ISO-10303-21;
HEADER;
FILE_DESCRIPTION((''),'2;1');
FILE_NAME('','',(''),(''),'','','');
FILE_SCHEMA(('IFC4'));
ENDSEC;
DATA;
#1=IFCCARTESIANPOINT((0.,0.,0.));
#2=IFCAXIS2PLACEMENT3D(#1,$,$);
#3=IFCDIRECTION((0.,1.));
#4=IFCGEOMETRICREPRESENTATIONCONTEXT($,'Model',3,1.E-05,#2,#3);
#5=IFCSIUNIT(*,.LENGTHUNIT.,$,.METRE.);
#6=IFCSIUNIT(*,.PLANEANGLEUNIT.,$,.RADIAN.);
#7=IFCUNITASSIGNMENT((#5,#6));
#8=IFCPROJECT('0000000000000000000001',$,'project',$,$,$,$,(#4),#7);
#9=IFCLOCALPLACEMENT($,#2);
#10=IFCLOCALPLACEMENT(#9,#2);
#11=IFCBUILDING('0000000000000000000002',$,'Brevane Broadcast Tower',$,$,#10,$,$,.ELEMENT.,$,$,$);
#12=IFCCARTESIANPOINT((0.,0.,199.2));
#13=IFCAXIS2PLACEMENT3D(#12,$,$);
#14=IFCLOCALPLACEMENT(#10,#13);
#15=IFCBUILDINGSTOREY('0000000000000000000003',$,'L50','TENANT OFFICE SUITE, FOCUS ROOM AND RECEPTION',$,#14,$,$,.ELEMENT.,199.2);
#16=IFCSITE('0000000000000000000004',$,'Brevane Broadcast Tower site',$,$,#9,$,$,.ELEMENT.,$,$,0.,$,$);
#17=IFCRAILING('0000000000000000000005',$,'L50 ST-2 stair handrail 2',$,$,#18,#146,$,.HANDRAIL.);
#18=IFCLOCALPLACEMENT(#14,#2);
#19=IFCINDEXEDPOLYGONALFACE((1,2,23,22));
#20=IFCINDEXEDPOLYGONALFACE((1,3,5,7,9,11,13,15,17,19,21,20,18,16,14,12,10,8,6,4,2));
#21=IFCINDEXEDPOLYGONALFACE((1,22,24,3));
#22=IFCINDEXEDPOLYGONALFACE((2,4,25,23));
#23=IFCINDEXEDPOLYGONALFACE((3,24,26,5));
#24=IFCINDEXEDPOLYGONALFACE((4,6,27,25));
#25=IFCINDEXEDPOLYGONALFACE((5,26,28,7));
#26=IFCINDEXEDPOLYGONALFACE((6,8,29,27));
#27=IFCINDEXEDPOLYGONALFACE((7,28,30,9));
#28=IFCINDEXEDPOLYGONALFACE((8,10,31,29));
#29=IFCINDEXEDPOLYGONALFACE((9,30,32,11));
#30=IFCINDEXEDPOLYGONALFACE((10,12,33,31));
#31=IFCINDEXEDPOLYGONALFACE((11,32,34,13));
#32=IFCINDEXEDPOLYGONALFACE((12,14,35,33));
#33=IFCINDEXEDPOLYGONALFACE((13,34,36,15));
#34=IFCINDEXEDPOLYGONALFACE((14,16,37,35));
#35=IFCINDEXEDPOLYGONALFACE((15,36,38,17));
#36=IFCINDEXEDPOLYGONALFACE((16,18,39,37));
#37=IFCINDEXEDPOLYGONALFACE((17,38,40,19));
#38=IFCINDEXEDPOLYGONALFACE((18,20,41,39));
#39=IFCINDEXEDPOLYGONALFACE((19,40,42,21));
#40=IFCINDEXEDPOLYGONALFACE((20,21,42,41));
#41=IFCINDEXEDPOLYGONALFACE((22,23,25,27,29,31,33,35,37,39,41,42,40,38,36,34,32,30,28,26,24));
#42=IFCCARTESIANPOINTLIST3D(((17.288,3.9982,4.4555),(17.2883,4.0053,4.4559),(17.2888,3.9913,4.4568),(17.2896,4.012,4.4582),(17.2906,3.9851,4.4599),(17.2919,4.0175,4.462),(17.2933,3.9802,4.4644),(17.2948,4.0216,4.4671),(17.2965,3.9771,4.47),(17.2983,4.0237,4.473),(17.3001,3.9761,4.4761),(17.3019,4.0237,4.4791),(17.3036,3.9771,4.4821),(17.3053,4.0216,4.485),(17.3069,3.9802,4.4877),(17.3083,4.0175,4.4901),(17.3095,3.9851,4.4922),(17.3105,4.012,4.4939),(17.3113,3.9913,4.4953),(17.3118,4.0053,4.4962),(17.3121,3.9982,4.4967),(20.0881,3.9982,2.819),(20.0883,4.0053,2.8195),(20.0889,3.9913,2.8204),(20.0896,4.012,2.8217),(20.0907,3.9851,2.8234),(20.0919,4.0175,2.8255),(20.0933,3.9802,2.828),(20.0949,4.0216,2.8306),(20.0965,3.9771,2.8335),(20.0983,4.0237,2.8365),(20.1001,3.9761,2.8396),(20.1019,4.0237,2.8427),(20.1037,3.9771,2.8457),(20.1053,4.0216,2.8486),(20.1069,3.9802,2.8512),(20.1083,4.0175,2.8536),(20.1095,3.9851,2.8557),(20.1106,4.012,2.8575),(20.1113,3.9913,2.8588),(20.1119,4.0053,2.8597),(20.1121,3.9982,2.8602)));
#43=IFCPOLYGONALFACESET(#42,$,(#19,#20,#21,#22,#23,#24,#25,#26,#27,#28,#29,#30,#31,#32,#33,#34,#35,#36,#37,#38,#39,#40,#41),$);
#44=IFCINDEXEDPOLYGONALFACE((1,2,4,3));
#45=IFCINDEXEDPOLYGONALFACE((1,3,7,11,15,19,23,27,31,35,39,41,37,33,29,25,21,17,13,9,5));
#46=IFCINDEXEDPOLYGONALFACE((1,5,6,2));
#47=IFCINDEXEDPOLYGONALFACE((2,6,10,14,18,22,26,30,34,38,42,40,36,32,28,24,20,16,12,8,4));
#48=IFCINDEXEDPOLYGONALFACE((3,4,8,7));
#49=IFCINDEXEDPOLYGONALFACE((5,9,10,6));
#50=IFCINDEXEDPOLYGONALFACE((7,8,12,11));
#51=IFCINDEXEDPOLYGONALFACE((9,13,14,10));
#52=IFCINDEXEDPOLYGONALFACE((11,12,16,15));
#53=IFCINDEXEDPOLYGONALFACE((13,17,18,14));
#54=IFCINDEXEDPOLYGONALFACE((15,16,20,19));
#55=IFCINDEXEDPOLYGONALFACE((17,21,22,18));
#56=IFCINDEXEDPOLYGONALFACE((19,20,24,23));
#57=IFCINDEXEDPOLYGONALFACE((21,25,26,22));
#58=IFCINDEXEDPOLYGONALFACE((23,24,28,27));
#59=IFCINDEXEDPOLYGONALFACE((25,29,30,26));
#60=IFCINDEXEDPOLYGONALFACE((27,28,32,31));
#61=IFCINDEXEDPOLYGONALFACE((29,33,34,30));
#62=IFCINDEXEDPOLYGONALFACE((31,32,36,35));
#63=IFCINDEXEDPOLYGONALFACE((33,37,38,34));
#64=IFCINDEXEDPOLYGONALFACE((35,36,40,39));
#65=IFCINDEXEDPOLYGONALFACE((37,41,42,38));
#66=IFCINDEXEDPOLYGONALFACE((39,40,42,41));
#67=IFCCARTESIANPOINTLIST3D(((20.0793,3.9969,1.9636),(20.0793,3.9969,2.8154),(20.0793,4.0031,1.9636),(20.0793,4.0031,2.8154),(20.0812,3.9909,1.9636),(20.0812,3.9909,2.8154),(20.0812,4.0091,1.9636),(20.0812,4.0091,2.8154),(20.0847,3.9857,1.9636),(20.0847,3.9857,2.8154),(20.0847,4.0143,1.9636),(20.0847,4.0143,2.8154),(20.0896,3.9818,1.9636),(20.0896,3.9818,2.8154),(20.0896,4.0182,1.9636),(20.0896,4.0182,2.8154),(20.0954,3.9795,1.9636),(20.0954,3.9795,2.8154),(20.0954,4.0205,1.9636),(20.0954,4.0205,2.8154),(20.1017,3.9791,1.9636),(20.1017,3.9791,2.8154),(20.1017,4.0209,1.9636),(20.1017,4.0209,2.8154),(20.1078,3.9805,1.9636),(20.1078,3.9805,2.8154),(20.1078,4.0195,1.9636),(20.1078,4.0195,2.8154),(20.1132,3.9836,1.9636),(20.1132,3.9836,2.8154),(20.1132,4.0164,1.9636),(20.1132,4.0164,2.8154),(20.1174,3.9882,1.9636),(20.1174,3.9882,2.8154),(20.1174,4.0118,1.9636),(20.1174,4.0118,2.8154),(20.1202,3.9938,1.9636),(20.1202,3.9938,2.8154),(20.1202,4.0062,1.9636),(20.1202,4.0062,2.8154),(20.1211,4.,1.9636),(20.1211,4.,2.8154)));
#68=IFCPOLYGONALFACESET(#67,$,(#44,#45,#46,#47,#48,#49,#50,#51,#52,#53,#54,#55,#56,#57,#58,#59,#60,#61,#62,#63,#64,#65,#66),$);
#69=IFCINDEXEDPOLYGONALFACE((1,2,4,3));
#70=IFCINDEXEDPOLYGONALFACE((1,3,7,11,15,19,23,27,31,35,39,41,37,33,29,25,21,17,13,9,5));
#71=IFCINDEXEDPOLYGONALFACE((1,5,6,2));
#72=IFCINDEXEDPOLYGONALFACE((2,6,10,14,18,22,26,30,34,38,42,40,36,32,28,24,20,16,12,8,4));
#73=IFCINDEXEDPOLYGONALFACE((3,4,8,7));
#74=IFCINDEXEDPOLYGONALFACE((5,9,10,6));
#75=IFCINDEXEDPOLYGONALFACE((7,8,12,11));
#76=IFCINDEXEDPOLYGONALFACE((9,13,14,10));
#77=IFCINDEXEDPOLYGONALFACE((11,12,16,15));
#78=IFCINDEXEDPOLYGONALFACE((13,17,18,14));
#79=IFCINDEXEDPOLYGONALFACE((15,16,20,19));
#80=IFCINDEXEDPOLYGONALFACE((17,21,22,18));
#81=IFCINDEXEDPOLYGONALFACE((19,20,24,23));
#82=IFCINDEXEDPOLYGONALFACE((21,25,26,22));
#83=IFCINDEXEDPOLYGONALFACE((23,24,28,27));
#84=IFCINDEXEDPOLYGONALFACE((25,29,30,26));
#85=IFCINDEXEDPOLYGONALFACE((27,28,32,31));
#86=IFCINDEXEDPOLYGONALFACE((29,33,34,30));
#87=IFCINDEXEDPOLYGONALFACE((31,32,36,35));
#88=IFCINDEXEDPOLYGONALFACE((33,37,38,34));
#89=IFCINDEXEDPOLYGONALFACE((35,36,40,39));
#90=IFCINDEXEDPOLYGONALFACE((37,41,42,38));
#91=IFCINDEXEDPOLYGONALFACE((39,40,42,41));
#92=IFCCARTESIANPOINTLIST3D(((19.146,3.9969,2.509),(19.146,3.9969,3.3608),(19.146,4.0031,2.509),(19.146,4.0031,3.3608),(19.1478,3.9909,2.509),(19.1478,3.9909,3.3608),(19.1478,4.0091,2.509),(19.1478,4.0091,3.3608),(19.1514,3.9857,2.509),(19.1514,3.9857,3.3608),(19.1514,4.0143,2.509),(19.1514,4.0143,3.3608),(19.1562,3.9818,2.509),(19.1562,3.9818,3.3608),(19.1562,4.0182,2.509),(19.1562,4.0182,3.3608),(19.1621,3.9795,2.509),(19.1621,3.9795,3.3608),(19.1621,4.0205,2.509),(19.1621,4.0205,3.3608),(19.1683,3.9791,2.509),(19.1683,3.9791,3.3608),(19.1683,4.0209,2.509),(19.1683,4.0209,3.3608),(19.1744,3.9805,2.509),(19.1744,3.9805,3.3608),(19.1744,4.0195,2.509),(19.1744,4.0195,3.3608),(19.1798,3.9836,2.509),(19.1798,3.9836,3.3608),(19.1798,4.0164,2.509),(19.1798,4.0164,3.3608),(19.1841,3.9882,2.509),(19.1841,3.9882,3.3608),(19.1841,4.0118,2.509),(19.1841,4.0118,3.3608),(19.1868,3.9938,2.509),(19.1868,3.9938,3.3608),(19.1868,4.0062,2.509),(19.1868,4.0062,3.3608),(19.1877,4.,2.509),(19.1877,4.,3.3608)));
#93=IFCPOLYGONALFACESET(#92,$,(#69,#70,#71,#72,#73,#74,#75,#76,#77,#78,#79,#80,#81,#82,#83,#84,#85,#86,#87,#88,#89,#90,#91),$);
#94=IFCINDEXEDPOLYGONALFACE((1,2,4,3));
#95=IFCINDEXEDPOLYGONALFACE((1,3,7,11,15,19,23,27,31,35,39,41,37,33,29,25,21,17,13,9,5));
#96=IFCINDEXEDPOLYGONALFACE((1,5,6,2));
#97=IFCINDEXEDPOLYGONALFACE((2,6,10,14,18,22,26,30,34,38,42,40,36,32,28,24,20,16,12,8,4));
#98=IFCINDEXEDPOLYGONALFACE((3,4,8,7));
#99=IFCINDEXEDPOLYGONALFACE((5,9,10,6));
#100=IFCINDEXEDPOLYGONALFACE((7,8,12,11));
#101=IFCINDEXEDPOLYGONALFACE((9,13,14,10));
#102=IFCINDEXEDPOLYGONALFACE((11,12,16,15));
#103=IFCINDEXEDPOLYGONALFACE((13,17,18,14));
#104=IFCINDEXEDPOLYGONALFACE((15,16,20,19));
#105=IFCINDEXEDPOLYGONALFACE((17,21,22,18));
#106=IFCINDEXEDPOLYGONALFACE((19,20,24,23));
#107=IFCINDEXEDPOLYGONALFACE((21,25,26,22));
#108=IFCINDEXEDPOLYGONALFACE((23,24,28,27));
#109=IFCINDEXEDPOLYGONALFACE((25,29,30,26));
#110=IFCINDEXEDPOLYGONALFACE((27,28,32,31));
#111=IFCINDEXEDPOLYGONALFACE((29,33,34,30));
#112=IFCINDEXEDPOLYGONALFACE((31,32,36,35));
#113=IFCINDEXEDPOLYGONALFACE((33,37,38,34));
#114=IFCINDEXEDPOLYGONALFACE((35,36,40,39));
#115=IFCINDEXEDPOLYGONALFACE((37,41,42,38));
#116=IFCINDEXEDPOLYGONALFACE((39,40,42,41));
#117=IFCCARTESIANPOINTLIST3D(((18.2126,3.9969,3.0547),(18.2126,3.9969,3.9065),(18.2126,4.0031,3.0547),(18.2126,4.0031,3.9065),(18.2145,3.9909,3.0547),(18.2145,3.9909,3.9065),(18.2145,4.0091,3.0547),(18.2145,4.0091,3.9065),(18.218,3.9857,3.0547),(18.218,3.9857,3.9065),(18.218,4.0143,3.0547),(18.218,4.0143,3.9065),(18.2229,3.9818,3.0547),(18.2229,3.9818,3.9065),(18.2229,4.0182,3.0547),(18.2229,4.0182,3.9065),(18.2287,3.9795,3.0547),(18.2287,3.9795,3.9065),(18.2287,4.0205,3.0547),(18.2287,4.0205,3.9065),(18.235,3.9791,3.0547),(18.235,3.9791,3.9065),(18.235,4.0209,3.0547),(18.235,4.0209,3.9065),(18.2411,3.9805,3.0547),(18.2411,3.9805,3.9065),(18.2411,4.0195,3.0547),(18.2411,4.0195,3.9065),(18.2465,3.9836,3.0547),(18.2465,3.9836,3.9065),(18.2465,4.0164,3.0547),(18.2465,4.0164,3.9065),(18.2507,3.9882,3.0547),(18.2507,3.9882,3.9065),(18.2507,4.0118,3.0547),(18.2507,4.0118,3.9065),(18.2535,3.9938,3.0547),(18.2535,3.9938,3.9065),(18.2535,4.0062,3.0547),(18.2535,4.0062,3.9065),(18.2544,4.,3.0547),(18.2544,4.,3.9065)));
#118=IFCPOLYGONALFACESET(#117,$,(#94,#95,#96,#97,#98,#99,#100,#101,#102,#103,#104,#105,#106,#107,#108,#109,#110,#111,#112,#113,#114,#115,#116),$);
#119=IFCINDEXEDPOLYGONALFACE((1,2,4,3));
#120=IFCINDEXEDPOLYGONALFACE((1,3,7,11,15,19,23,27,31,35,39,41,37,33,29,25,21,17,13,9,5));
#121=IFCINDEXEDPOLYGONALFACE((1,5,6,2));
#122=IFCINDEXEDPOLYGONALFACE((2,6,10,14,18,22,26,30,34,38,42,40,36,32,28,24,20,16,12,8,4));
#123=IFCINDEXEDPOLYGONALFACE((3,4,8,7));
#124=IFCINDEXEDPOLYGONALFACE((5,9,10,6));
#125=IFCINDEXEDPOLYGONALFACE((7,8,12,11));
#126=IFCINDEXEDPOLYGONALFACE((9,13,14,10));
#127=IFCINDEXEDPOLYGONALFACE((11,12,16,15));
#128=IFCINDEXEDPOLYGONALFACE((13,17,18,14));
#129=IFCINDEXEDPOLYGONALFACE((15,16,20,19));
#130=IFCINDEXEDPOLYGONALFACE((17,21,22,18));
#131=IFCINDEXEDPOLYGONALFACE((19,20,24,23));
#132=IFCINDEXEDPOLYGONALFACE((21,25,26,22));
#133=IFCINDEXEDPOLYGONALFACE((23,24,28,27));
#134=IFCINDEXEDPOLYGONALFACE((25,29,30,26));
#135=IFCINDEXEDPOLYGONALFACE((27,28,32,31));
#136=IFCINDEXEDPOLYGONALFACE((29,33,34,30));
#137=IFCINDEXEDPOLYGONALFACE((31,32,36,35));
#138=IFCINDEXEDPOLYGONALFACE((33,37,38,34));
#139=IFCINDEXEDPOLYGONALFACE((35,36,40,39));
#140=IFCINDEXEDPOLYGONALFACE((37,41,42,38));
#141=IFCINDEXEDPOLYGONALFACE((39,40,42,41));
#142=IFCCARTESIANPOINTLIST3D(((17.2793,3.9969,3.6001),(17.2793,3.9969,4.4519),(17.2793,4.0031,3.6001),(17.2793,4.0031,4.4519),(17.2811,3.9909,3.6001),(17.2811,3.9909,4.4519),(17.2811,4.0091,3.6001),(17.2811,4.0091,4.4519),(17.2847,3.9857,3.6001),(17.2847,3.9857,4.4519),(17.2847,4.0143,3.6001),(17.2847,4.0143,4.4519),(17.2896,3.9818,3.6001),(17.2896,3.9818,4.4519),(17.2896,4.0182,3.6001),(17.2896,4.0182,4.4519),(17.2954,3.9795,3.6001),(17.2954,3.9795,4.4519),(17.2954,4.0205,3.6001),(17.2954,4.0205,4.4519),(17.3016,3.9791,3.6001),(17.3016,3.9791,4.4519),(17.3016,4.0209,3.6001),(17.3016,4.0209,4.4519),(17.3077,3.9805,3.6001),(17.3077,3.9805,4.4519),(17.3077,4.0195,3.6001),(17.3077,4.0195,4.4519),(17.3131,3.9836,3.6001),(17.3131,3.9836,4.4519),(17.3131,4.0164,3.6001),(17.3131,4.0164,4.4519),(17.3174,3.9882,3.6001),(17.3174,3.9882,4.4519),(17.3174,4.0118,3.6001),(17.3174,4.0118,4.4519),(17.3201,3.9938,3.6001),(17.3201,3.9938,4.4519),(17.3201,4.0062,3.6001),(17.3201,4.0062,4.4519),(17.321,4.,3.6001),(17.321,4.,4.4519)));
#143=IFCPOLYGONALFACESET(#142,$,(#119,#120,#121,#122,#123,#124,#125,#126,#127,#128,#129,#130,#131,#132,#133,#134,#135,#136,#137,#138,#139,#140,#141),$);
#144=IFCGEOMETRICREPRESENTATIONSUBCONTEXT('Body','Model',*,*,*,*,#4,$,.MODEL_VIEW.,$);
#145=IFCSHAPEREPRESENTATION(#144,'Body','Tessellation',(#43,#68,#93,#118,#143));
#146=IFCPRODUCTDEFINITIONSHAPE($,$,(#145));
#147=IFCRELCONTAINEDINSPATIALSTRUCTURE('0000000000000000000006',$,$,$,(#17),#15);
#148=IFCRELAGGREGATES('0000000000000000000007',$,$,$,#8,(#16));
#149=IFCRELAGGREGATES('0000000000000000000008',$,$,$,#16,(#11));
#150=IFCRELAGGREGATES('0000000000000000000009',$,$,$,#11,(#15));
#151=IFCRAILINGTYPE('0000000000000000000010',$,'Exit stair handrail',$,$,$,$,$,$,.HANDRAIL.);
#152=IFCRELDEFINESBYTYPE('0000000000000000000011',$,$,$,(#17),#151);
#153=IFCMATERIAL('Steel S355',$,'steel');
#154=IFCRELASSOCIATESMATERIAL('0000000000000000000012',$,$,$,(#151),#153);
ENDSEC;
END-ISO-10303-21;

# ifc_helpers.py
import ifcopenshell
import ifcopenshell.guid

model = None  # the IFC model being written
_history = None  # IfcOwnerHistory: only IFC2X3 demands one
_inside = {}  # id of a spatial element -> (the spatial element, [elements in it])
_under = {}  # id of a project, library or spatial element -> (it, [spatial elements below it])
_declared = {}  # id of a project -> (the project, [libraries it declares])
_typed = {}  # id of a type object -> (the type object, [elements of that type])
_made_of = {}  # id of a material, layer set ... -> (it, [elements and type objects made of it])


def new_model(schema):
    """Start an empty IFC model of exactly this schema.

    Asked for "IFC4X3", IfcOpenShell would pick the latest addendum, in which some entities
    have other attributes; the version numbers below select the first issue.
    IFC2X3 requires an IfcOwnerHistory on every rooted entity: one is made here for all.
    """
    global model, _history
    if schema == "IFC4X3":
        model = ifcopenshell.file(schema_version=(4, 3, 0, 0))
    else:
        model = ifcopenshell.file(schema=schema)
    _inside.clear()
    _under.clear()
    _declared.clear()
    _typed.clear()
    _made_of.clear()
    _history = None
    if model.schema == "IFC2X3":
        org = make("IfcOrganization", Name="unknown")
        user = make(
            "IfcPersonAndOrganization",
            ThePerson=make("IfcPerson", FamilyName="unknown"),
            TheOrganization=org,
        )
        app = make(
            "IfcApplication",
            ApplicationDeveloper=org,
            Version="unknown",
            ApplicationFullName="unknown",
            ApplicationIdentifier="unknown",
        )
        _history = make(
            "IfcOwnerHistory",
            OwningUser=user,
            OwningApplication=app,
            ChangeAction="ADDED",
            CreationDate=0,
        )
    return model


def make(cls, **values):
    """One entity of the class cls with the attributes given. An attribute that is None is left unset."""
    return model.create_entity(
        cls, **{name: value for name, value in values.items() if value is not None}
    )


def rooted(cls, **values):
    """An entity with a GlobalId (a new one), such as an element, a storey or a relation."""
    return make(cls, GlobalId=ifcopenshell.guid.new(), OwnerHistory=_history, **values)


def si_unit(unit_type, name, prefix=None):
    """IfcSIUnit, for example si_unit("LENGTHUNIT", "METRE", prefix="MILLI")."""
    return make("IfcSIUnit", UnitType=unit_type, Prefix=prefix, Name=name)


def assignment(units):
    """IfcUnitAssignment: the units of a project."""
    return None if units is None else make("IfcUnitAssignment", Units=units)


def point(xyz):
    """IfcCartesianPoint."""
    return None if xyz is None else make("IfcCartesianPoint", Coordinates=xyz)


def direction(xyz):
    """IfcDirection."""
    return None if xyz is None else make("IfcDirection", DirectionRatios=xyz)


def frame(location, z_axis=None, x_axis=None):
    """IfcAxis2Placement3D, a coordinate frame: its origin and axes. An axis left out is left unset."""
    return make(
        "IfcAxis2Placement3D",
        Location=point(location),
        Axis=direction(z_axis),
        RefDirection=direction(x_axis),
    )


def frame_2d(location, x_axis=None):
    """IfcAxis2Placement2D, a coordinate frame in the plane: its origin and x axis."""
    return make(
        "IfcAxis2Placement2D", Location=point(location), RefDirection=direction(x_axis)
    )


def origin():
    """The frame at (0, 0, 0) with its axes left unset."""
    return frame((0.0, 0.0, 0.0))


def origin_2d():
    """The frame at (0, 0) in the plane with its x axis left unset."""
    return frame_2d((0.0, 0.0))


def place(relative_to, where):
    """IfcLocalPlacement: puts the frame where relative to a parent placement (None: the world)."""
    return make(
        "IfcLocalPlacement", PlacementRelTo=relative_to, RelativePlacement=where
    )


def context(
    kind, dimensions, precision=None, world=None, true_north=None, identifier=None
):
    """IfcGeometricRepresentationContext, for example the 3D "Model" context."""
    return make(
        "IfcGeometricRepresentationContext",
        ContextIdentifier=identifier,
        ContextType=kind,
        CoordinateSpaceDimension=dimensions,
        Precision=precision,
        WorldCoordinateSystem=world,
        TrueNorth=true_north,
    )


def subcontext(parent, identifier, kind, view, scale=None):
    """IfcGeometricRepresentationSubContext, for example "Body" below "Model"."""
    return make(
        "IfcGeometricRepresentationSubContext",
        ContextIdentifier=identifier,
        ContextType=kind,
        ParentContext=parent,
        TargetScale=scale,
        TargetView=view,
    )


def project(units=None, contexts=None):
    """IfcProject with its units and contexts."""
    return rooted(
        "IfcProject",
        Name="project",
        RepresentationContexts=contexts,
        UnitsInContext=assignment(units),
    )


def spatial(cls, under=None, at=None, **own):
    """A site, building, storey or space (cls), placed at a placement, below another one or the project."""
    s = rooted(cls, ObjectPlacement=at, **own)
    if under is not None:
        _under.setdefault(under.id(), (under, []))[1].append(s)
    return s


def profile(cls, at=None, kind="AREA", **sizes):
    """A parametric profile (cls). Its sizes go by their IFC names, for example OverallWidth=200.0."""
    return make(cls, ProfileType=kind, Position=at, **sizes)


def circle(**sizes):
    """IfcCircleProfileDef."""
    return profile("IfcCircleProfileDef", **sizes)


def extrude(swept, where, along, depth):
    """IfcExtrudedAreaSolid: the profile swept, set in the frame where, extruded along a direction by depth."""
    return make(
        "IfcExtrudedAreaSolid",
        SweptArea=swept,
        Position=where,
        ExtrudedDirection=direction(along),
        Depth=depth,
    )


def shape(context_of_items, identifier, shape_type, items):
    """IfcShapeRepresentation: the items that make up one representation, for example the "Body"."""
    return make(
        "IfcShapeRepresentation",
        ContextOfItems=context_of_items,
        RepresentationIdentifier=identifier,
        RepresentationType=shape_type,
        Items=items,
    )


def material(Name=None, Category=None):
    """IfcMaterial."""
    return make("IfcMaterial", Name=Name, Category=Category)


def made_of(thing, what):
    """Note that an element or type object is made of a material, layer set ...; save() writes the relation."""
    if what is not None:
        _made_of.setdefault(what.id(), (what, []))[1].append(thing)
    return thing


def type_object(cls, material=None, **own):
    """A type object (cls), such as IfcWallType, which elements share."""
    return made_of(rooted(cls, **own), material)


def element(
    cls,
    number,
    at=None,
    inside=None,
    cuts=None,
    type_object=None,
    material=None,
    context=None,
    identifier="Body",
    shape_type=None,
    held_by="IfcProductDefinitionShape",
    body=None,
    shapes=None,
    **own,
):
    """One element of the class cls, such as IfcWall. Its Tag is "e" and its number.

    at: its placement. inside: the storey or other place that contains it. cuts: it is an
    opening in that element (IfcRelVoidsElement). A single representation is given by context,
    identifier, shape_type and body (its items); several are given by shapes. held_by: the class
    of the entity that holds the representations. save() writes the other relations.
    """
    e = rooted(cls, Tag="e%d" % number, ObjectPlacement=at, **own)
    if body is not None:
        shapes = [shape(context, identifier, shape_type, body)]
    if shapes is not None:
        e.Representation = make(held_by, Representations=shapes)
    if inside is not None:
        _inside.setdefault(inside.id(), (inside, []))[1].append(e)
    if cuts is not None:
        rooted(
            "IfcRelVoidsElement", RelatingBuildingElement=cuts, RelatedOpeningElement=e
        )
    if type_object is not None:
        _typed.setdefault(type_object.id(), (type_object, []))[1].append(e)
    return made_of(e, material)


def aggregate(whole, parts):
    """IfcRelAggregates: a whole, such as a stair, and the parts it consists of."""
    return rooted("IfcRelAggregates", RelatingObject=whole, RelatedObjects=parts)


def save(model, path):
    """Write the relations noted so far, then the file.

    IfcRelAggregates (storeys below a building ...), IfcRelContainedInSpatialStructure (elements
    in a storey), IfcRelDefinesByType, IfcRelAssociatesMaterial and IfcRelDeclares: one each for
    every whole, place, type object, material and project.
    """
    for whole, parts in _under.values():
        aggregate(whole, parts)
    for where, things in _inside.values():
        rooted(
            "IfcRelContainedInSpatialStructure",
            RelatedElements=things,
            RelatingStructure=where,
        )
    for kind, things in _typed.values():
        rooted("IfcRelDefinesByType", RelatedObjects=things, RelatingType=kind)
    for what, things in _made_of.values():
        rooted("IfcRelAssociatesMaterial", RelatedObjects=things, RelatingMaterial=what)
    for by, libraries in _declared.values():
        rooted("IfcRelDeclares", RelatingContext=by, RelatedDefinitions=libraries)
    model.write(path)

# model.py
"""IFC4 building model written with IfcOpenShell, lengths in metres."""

from ifc_helpers import new_model, si_unit, direction, frame, origin, origin_2d, place, context, subcontext, project, spatial, circle, extrude, material, type_object, element, save


model = new_model("IFC4")

# Units and contexts
model_context = context("Model", 3, precision=1e-05, world=origin(), true_north=direction((0.0, 1.0)))
body_context = subcontext(model_context, "Body", "Model", "MODEL_VIEW")
ifc_project = project(units=[si_unit("LENGTHUNIT", "METRE"), si_unit("PLANEANGLEUNIT", "RADIAN")], contexts=[model_context])

# Site, building, storey
site_placement = place(None, origin())
site = spatial("IfcSite", under=ifc_project, at=site_placement, Name="Brevane Broadcast Tower site", CompositionType="ELEMENT", RefElevation=0.0)
building_placement = place(site_placement, origin())
building = spatial("IfcBuilding", under=site, at=building_placement, Name="Brevane Broadcast Tower", CompositionType="ELEMENT")
storey_placement = place(building_placement, frame((0.0, 0.0, 199.2)))
storey = spatial("IfcBuildingStorey", under=building, at=storey_placement, Name="L50", Description="TENANT OFFICE SUITE, FOCUS ROOM AND RECEPTION", CompositionType="ELEMENT", Elevation=199.2)

# Railing
ifc_material_1 = material(Name="Steel S355", Category="steel")
railing_type_1 = type_object("IfcRailingType", Name="Exit stair handrail", PredefinedType="HANDRAIL", material=ifc_material_1)
railing_1_placement = place(storey_placement, frame((20.1001, 4.0, 1.9636)))
element("IfcRailing", 1, at=railing_1_placement, inside=storey, type_object=railing_type_1, Name="L50 ST-2 stair handrail 2", PredefinedType="HANDRAIL", context=body_context, shape_type="SweptSolid", body=[
    extrude(circle(Radius=0.0239, at=origin_2d()), frame((0.0, 0.0, 0.876), z_axis=(-0.863361, 0.0, 0.504587), x_axis=(0.0, -1.0, 0.0)), (0.0, 0.0, 1.0), 3.2432),
    extrude(circle(Radius=0.021, at=origin_2d()), origin(), (0.0, 0.0, 1.0), 0.8518),
    extrude(circle(Radius=0.021, at=origin_2d()), frame((-0.9333, 0.0, 0.5454)), (0.0, 0.0, 1.0), 0.8518),
    extrude(circle(Radius=0.021, at=origin_2d()), frame((-1.8667, 0.0, 1.0911)), (0.0, 0.0, 1.0), 0.8518),
    extrude(circle(Radius=0.021, at=origin_2d()), frame((-2.8, 0.0, 1.6365)), (0.0, 0.0, 1.0), 0.8518),
])

save(model, "model.ifc")
